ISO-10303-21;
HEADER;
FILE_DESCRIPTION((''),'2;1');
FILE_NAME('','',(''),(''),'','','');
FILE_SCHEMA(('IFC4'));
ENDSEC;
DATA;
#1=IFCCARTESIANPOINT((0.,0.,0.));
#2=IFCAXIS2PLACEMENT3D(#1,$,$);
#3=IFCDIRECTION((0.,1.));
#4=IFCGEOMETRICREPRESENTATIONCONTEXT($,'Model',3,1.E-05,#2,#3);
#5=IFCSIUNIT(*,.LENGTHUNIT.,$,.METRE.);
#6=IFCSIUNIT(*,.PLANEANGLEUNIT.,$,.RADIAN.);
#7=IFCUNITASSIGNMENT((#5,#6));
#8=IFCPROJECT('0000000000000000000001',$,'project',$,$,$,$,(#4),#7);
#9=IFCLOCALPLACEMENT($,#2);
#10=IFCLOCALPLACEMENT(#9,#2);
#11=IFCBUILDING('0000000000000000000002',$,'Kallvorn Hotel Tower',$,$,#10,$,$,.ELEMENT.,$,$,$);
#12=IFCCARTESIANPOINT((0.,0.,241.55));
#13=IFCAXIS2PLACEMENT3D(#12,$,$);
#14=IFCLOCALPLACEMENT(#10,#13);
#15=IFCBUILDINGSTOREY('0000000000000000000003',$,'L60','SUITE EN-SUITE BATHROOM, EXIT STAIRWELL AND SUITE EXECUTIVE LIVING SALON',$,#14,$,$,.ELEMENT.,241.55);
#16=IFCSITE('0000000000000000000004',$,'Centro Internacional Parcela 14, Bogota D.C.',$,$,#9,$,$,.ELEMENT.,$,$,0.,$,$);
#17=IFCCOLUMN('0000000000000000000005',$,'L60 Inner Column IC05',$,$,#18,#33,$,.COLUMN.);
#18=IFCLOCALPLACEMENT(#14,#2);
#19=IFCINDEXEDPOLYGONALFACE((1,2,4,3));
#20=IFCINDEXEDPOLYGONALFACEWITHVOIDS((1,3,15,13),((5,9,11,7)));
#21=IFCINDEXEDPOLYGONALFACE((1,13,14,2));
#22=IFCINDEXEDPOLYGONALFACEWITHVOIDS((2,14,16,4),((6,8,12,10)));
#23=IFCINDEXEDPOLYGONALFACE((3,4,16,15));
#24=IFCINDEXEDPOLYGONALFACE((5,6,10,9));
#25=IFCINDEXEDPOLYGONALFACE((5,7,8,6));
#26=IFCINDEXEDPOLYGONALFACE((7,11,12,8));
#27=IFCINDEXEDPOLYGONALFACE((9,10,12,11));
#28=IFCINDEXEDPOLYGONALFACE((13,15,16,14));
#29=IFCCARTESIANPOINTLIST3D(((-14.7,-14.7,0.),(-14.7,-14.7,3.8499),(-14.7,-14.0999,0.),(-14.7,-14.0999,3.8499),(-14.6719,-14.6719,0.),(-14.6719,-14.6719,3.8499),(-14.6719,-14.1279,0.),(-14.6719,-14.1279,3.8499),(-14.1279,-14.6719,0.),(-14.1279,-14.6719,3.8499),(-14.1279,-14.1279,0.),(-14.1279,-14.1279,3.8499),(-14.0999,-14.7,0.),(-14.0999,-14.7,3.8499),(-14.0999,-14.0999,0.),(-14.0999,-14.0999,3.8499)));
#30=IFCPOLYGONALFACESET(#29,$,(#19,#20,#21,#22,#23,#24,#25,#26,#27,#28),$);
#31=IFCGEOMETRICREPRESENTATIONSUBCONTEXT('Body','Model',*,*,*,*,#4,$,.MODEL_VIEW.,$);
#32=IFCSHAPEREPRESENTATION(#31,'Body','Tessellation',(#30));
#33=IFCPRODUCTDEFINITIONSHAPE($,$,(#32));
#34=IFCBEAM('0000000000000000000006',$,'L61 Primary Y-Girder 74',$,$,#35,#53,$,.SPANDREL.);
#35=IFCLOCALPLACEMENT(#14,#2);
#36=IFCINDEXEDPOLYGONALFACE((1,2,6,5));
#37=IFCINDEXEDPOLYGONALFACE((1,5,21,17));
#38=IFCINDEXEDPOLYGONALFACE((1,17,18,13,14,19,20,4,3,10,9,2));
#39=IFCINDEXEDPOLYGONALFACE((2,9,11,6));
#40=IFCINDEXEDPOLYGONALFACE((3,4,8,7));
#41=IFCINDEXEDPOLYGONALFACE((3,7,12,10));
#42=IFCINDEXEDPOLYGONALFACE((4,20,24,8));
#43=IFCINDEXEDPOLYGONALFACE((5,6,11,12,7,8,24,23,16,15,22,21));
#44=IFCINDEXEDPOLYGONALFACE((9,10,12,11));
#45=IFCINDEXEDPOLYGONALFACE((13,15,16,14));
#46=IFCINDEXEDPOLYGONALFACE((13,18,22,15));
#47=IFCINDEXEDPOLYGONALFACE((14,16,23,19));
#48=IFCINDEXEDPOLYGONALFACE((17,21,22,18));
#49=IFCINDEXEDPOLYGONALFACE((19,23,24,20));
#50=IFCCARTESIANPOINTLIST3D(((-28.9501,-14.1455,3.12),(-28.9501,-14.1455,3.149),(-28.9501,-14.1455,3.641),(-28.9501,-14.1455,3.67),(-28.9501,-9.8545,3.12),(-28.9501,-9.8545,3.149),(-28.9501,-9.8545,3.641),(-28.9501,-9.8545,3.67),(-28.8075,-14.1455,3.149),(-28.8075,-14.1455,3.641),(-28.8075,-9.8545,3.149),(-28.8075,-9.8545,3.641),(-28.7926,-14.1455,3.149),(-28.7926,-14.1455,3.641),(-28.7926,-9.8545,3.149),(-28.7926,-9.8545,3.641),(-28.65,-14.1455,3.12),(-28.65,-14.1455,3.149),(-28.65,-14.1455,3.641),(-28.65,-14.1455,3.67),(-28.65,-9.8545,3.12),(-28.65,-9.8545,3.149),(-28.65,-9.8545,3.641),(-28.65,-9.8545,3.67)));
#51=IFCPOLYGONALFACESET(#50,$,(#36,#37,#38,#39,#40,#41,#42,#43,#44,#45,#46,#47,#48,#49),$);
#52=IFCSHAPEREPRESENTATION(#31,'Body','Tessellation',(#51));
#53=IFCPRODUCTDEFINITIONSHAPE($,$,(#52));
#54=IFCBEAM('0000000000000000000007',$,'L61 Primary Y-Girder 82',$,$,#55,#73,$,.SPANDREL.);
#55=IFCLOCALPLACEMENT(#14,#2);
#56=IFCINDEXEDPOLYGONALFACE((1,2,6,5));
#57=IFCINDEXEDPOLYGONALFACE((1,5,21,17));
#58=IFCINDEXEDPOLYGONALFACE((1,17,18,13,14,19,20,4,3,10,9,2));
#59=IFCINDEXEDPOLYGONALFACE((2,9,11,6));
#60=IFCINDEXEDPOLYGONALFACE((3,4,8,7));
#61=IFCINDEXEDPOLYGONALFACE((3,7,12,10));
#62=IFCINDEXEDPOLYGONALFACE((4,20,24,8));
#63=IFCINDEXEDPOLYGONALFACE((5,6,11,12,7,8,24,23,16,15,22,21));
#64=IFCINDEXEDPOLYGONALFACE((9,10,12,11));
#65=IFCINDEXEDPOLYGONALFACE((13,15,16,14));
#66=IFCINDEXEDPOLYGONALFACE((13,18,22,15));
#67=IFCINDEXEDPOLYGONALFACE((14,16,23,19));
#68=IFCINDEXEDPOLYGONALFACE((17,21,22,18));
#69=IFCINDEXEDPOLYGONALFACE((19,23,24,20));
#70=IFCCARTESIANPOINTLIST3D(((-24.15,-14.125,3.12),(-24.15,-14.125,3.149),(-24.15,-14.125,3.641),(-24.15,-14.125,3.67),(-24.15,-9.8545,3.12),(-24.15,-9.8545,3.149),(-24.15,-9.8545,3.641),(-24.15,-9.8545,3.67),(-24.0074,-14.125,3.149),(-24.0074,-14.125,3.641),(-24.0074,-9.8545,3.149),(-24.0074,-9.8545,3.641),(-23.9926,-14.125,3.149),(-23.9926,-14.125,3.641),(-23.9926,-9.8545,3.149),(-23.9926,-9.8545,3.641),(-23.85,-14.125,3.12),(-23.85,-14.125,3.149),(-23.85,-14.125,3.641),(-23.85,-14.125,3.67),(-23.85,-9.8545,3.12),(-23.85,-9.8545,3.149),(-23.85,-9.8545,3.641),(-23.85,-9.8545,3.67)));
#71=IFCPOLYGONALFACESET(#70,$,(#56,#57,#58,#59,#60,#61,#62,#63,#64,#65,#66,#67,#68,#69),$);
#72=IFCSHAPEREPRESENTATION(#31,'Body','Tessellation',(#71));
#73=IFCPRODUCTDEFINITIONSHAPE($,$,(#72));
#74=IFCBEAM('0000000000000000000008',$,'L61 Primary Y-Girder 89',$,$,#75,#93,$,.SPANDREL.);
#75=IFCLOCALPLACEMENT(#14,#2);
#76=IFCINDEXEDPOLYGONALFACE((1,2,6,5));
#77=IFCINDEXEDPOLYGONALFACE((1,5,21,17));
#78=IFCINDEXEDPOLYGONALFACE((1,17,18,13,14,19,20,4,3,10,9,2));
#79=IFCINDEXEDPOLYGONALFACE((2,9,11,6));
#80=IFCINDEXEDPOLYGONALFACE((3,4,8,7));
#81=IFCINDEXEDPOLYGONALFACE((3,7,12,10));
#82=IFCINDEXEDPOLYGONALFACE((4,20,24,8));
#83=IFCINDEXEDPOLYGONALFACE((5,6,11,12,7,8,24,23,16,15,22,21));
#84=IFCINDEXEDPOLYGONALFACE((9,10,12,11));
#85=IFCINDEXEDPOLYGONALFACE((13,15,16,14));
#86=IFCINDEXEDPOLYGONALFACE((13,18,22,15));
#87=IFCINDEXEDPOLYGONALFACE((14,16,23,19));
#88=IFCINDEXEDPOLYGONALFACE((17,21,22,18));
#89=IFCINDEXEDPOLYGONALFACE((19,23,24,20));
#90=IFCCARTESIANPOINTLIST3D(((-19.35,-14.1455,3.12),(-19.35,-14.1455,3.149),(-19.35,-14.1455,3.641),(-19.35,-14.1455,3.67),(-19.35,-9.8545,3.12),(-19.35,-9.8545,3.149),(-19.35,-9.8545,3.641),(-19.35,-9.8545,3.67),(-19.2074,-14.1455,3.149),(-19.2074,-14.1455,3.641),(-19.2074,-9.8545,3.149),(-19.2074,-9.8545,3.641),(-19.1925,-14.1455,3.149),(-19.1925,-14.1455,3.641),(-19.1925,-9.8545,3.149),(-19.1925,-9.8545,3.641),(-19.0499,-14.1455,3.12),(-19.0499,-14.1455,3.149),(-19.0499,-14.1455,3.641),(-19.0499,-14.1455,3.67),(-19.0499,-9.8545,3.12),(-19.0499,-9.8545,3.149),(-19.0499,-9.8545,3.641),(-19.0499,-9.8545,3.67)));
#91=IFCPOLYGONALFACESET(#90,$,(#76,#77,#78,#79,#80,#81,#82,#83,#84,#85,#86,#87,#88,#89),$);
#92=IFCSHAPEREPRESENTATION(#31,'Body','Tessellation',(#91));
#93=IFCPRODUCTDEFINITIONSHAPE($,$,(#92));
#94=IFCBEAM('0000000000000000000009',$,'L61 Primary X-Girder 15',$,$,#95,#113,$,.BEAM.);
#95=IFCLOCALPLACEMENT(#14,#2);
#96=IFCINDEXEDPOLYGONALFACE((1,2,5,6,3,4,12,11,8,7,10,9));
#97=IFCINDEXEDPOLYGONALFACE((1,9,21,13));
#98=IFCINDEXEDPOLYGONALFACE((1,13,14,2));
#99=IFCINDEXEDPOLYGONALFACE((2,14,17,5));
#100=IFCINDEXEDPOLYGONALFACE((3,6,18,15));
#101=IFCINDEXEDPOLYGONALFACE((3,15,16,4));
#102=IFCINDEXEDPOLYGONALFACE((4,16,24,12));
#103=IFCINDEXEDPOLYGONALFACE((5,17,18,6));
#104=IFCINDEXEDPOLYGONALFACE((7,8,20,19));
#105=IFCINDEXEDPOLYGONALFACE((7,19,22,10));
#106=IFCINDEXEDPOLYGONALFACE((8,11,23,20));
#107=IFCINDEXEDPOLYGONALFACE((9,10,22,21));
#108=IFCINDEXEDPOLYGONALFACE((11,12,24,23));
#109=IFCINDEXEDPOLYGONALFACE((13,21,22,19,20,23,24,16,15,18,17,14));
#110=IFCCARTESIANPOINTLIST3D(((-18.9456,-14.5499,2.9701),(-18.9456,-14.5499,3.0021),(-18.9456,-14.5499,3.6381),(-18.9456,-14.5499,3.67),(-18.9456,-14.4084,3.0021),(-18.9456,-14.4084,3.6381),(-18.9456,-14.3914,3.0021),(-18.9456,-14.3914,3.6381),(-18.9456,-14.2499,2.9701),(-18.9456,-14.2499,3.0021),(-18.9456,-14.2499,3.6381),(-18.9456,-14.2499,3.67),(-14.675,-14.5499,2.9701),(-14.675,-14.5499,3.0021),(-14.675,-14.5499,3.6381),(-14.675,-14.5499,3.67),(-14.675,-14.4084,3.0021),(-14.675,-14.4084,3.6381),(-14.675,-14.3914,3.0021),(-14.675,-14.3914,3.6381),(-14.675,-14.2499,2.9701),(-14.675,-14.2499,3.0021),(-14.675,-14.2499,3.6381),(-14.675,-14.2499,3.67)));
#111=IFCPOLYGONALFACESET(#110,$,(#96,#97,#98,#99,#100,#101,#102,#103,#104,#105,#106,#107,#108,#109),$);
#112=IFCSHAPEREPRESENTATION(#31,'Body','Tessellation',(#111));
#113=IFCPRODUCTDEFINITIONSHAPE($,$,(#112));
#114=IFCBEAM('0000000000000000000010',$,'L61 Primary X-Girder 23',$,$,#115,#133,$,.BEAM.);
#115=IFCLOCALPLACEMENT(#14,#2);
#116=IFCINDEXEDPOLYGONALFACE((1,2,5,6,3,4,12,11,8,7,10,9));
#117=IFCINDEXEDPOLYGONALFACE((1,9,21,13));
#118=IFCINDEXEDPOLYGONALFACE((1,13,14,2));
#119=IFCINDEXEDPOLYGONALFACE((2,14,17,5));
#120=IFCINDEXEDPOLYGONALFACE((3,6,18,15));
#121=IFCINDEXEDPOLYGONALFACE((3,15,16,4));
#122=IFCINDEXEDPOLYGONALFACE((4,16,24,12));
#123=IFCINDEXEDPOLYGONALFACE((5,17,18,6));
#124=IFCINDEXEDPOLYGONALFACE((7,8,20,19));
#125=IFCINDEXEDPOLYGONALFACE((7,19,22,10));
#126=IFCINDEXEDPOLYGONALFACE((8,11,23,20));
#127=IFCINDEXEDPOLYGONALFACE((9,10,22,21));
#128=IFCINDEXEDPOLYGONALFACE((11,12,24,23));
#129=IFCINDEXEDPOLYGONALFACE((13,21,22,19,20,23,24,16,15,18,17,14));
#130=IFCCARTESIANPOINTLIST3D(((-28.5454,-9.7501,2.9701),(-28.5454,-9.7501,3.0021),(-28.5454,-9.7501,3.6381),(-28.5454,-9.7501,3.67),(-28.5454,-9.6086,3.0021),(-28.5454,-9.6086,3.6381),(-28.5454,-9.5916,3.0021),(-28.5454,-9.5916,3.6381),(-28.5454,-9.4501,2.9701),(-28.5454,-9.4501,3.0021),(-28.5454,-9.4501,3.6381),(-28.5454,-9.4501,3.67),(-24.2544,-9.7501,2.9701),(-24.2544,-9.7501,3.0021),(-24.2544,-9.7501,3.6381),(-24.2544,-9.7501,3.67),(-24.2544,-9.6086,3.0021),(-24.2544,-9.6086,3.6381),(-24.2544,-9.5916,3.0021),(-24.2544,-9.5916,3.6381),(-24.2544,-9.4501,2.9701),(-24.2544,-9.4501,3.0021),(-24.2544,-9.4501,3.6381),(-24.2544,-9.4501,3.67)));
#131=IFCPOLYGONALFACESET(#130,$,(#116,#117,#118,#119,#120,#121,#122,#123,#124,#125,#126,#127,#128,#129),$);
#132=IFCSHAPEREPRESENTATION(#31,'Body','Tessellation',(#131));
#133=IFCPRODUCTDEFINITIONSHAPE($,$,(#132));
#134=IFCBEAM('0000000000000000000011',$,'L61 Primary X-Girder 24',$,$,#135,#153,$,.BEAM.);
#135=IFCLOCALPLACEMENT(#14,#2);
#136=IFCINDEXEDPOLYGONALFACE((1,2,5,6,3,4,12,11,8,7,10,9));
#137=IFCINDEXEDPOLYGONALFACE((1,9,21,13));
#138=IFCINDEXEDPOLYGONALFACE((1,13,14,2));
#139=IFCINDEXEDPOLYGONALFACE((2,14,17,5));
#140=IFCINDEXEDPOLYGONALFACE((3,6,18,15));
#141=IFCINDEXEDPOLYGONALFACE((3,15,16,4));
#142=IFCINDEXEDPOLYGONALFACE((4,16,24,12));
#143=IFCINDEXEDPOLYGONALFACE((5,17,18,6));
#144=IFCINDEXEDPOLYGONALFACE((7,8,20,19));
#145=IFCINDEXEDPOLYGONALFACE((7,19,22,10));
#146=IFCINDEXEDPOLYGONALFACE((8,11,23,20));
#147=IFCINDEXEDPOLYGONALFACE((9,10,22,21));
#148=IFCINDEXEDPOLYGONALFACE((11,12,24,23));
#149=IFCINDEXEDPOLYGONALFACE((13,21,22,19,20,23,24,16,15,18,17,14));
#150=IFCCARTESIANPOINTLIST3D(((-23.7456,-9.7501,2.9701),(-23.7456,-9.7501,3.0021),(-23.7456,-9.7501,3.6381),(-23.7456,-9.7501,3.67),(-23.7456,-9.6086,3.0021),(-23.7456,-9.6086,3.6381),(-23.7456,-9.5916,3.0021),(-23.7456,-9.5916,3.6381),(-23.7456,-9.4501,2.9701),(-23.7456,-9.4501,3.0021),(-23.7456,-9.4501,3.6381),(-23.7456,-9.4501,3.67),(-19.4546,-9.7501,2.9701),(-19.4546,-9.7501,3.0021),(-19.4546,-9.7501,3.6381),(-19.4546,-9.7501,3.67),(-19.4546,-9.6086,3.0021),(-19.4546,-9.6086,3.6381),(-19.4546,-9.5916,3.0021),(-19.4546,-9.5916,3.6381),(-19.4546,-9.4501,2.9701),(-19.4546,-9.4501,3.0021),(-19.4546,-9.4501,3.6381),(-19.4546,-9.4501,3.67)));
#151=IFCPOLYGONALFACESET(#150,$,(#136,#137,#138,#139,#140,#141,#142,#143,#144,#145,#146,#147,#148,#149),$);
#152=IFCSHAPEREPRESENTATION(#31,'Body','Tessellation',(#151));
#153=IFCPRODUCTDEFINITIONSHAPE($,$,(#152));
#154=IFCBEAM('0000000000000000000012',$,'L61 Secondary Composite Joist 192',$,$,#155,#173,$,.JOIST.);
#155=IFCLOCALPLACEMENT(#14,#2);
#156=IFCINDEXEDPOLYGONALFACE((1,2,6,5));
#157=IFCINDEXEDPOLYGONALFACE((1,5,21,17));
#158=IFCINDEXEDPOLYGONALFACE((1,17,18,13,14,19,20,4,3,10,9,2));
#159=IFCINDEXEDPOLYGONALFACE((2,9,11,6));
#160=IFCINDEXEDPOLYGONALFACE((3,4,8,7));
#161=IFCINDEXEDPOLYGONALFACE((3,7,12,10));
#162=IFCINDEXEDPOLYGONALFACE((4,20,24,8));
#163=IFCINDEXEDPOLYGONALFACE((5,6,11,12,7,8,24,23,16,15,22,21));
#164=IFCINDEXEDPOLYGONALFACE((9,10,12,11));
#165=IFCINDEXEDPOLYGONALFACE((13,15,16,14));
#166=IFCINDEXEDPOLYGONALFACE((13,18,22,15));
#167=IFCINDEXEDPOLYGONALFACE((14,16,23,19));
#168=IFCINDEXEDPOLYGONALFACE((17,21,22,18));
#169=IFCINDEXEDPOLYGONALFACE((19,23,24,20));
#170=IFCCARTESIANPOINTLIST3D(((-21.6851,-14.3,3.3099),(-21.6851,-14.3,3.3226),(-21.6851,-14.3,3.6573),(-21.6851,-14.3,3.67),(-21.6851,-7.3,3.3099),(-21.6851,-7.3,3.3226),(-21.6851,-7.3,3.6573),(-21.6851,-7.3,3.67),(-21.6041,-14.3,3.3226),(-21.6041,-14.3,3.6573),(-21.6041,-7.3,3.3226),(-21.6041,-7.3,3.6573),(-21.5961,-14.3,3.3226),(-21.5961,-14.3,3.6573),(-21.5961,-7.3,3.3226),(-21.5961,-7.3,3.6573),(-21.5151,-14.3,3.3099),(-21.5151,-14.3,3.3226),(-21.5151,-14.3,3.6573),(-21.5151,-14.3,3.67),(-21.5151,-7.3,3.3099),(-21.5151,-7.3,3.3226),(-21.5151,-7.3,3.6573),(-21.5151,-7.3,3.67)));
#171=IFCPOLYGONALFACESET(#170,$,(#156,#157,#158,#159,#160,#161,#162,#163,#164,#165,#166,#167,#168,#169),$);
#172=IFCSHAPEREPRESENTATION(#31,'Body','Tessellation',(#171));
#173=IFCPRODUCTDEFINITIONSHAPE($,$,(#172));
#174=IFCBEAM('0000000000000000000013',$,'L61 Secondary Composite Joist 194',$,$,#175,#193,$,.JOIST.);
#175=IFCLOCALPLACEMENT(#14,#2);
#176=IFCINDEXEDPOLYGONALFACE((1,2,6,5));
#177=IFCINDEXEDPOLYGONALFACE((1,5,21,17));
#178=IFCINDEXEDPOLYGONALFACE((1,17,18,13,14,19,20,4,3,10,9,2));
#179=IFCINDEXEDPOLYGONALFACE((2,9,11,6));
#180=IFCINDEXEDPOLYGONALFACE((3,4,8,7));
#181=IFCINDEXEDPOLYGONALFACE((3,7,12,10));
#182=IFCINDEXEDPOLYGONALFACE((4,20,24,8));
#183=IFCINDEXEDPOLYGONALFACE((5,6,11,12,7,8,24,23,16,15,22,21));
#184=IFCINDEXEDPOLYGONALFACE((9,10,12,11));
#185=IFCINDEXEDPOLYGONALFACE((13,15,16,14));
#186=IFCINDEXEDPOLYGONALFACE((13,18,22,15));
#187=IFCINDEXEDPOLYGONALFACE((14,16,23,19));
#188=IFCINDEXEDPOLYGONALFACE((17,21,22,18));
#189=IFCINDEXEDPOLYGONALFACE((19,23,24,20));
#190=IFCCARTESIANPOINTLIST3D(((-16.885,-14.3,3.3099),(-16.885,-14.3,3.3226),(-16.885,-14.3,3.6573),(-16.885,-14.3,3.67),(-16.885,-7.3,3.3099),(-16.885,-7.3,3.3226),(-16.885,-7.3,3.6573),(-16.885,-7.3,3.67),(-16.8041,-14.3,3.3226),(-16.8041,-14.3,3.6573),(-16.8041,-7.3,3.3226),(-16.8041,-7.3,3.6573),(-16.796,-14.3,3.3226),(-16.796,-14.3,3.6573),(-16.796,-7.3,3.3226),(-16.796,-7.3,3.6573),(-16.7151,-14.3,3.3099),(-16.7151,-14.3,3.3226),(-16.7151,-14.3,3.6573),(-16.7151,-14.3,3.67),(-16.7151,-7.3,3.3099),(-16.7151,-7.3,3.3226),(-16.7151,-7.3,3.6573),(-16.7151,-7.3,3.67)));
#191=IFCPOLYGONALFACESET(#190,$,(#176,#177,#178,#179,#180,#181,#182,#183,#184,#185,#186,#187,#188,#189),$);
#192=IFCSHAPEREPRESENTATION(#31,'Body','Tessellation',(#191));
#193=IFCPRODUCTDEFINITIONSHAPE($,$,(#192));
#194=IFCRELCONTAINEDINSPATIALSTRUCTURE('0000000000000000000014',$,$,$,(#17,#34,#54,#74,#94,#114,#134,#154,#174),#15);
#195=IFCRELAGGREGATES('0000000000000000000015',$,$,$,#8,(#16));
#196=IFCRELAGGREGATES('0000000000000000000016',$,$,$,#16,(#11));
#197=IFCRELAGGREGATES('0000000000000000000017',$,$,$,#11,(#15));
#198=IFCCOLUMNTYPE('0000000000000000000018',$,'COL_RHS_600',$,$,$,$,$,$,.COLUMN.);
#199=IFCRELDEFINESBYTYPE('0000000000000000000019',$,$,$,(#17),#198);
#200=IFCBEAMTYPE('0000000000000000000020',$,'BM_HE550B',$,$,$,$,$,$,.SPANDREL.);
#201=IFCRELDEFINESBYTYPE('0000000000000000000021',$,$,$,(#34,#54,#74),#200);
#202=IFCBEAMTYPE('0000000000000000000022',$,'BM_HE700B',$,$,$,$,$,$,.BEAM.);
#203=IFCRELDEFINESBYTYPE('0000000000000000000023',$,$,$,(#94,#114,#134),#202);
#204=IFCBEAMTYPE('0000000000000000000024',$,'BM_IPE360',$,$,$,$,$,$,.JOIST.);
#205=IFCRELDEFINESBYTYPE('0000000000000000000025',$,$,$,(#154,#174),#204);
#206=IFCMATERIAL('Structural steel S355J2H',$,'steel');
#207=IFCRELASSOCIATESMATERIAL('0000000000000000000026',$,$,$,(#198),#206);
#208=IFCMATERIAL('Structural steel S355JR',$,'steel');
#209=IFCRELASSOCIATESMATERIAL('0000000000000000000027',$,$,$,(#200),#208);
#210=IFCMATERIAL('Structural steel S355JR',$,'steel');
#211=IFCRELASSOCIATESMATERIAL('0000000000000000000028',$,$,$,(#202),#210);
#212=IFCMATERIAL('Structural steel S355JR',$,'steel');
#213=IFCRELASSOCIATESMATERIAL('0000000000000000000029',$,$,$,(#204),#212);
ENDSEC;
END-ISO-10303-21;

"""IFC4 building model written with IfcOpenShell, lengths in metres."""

from ifc_helpers import new_model, si_unit, direction, frame, origin, origin_2d, place, context, subcontext, project, spatial, hollow_rectangle, i_section, extrude, material, material_profile, profile_set, type_object, element, save


model = new_model("IFC4")

# Units and contexts
model_context = context("Model", 3, precision=1e-05, world=origin(), true_north=direction((0.0, 1.0)))
body_context = subcontext(model_context, "Body", "Model", "MODEL_VIEW")
ifc_project = project(units=[si_unit("LENGTHUNIT", "METRE"), si_unit("PLANEANGLEUNIT", "RADIAN")], contexts=[model_context])

# Site, building, storey
site_placement = place(None, origin())
site = spatial("IfcSite", under=ifc_project, at=site_placement, Name="Centro Internacional Parcela 14, Bogota D.C.", CompositionType="ELEMENT", RefElevation=0.0)
building_placement = place(site_placement, origin())
building = spatial("IfcBuilding", under=site, at=building_placement, Name="Kallvorn Hotel Tower", CompositionType="ELEMENT")
storey_placement = place(building_placement, frame((0.0, 0.0, 241.55)))
storey = spatial("IfcBuildingStorey", under=building, at=storey_placement, Name="L60", Description="SUITE EN-SUITE BATHROOM, EXIT STAIRWELL AND SUITE EXECUTIVE LIVING SALON", CompositionType="ELEMENT", Elevation=241.55)

# Column
ifc_material_1 = material(Name="Structural steel S355J2H", Category="steel")
ifc_material_profile_1 = material_profile(ifc_material_1, hollow_rectangle(XDim=0.6001, YDim=0.6001, WallThickness=0.0281, at=origin_2d()), Name="RHS 600x600x28")
ifc_profile_set_1 = profile_set([ifc_material_profile_1], Name="Structural steel S355J2H")
column_type_1 = type_object("IfcColumnType", Name="COL_RHS_600", PredefinedType="COLUMN", material=ifc_profile_set_1)
column_placement = place(storey_placement, frame((-14.3999, -14.3999, 0.0), z_axis=(0.0, 0.0, 1.0), x_axis=(1.0, 0.0, 0.0)))
element("IfcColumn", 1, at=column_placement, inside=storey, type_object=column_type_1, Name="L60 Inner Column IC05", PredefinedType="COLUMN", context=body_context, shape_type="SweptSolid", body=[
    extrude(hollow_rectangle(XDim=0.6001, YDim=0.6001, WallThickness=0.0281, at=origin_2d()), origin(), (0.0, 0.0, 1.0), 3.8499),
])

# Beams
ifc_material_2 = material(Name="Structural steel S355JR", Category="steel")
ifc_material_profile_2 = material_profile(ifc_material_2, i_section(OverallWidth=0.3, OverallDepth=0.55, WebThickness=0.0149, FlangeThickness=0.0291, at=origin_2d()), Name="HE 550 B")
ifc_profile_set_2 = profile_set([ifc_material_profile_2], Name="Structural steel S355JR")
beam_type_1 = type_object("IfcBeamType", Name="BM_HE550B", PredefinedType="SPANDREL", material=ifc_profile_set_2)
beam_1_placement = place(storey_placement, frame((-28.8, -14.1455, 3.395), z_axis=(0.0, 1.0, 0.0), x_axis=(-1.0, 0.0, 0.0)))
element("IfcBeam", 2, at=beam_1_placement, inside=storey, type_object=beam_type_1, Name="L61 Primary Y-Girder 74", PredefinedType="SPANDREL", context=body_context, shape_type="SweptSolid", body=[
    extrude(i_section(OverallWidth=0.3, OverallDepth=0.55, WebThickness=0.0149, FlangeThickness=0.0291, at=origin_2d()), origin(), (0.0, 0.0, 1.0), 4.291),
])
beam_2_placement = place(storey_placement, frame((-24.0, -14.125, 3.395), z_axis=(0.0, 1.0, 0.0), x_axis=(-1.0, 0.0, 0.0)))
element("IfcBeam", 3, at=beam_2_placement, inside=storey, type_object=beam_type_1, Name="L61 Primary Y-Girder 82", PredefinedType="SPANDREL", context=body_context, shape_type="SweptSolid", body=[
    extrude(i_section(OverallWidth=0.3, OverallDepth=0.55, WebThickness=0.0149, FlangeThickness=0.0291, at=origin_2d()), origin(), (0.0, 0.0, 1.0), 4.2705),
])
beam_3_placement = place(storey_placement, frame((-19.2, -14.1455, 3.395), z_axis=(0.0, 1.0, 0.0), x_axis=(-1.0, 0.0, 0.0)))
element("IfcBeam", 4, at=beam_3_placement, inside=storey, type_object=beam_type_1, Name="L61 Primary Y-Girder 89", PredefinedType="SPANDREL", context=body_context, shape_type="SweptSolid", body=[
    extrude(i_section(OverallWidth=0.3, OverallDepth=0.55, WebThickness=0.0149, FlangeThickness=0.0291, at=origin_2d()), origin(), (0.0, 0.0, 1.0), 4.291),
])
ifc_material_3 = material(Name="Structural steel S355JR", Category="steel")
ifc_material_profile_3 = material_profile(ifc_material_3, i_section(OverallWidth=0.3, OverallDepth=0.7, WebThickness=0.0171, FlangeThickness=0.032, at=origin_2d()), Name="HE 700 B")
ifc_profile_set_3 = profile_set([ifc_material_profile_3], Name="Structural steel S355JR")
beam_type_2 = type_object("IfcBeamType", Name="BM_HE700B", PredefinedType="BEAM", material=ifc_profile_set_3)
beam_4_placement = place(storey_placement, frame((-18.9456, -14.3999, 3.3201), z_axis=(1.0, 0.0, 0.0), x_axis=(0.0, 1.0, 0.0)))
element("IfcBeam", 5, at=beam_4_placement, inside=storey, type_object=beam_type_2, Name="L61 Primary X-Girder 15", PredefinedType="BEAM", context=body_context, shape_type="SweptSolid", body=[
    extrude(i_section(OverallWidth=0.3, OverallDepth=0.7, WebThickness=0.0171, FlangeThickness=0.032, at=origin_2d()), origin(), (0.0, 0.0, 1.0), 4.2705),
])
for number, where, z_axis, x_axis, name in (
    (6, (-28.5454, -9.6001, 3.3201), (1.0, 0.0, 0.0), (0.0, 1.0, 0.0), "L61 Primary X-Girder 23"),
    (7, (-23.7456, -9.6001, 3.3201), (1.0, 0.0, 0.0), (0.0, 1.0, 0.0), "L61 Primary X-Girder 24"),
):
    element("IfcBeam", number, at=place(storey_placement, frame(where, z_axis=z_axis, x_axis=x_axis)), inside=storey, type_object=beam_type_2, Name=name, PredefinedType="BEAM", context=body_context, shape_type="SweptSolid", body=[
        extrude(i_section(OverallWidth=0.3, OverallDepth=0.7, WebThickness=0.0171, FlangeThickness=0.032, at=origin_2d()), origin(), (0.0, 0.0, 1.0), 4.291),
    ])
ifc_material_4 = material(Name="Structural steel S355JR", Category="steel")
ifc_material_profile_4 = material_profile(ifc_material_4, i_section(OverallWidth=0.1699, OverallDepth=0.3601, WebThickness=0.0081, FlangeThickness=0.0127, at=origin_2d()), Name="IPE 360")
ifc_profile_set_4 = profile_set([ifc_material_profile_4], Name="Structural steel S355JR")
beam_type_3 = type_object("IfcBeamType", Name="BM_IPE360", PredefinedType="JOIST", material=ifc_profile_set_4)
for number, where, z_axis, x_axis, name in (
    (8, (-21.6001, -14.3, 3.49), (0.0, 1.0, 0.0), (-1.0, 0.0, 0.0), "L61 Secondary Composite Joist 192"),
    (9, (-16.8, -14.3, 3.49), (0.0, 1.0, 0.0), (-1.0, 0.0, 0.0), "L61 Secondary Composite Joist 194"),
):
    element("IfcBeam", number, at=place(storey_placement, frame(where, z_axis=z_axis, x_axis=x_axis)), inside=storey, type_object=beam_type_3, Name=name, PredefinedType="JOIST", context=body_context, shape_type="SweptSolid", body=[
        extrude(i_section(OverallWidth=0.1699, OverallDepth=0.3601, WebThickness=0.0081, FlangeThickness=0.0127, at=origin_2d()), origin(), (0.0, 0.0, 1.0), 7.0),
    ])

save(model, "model.ifc")
